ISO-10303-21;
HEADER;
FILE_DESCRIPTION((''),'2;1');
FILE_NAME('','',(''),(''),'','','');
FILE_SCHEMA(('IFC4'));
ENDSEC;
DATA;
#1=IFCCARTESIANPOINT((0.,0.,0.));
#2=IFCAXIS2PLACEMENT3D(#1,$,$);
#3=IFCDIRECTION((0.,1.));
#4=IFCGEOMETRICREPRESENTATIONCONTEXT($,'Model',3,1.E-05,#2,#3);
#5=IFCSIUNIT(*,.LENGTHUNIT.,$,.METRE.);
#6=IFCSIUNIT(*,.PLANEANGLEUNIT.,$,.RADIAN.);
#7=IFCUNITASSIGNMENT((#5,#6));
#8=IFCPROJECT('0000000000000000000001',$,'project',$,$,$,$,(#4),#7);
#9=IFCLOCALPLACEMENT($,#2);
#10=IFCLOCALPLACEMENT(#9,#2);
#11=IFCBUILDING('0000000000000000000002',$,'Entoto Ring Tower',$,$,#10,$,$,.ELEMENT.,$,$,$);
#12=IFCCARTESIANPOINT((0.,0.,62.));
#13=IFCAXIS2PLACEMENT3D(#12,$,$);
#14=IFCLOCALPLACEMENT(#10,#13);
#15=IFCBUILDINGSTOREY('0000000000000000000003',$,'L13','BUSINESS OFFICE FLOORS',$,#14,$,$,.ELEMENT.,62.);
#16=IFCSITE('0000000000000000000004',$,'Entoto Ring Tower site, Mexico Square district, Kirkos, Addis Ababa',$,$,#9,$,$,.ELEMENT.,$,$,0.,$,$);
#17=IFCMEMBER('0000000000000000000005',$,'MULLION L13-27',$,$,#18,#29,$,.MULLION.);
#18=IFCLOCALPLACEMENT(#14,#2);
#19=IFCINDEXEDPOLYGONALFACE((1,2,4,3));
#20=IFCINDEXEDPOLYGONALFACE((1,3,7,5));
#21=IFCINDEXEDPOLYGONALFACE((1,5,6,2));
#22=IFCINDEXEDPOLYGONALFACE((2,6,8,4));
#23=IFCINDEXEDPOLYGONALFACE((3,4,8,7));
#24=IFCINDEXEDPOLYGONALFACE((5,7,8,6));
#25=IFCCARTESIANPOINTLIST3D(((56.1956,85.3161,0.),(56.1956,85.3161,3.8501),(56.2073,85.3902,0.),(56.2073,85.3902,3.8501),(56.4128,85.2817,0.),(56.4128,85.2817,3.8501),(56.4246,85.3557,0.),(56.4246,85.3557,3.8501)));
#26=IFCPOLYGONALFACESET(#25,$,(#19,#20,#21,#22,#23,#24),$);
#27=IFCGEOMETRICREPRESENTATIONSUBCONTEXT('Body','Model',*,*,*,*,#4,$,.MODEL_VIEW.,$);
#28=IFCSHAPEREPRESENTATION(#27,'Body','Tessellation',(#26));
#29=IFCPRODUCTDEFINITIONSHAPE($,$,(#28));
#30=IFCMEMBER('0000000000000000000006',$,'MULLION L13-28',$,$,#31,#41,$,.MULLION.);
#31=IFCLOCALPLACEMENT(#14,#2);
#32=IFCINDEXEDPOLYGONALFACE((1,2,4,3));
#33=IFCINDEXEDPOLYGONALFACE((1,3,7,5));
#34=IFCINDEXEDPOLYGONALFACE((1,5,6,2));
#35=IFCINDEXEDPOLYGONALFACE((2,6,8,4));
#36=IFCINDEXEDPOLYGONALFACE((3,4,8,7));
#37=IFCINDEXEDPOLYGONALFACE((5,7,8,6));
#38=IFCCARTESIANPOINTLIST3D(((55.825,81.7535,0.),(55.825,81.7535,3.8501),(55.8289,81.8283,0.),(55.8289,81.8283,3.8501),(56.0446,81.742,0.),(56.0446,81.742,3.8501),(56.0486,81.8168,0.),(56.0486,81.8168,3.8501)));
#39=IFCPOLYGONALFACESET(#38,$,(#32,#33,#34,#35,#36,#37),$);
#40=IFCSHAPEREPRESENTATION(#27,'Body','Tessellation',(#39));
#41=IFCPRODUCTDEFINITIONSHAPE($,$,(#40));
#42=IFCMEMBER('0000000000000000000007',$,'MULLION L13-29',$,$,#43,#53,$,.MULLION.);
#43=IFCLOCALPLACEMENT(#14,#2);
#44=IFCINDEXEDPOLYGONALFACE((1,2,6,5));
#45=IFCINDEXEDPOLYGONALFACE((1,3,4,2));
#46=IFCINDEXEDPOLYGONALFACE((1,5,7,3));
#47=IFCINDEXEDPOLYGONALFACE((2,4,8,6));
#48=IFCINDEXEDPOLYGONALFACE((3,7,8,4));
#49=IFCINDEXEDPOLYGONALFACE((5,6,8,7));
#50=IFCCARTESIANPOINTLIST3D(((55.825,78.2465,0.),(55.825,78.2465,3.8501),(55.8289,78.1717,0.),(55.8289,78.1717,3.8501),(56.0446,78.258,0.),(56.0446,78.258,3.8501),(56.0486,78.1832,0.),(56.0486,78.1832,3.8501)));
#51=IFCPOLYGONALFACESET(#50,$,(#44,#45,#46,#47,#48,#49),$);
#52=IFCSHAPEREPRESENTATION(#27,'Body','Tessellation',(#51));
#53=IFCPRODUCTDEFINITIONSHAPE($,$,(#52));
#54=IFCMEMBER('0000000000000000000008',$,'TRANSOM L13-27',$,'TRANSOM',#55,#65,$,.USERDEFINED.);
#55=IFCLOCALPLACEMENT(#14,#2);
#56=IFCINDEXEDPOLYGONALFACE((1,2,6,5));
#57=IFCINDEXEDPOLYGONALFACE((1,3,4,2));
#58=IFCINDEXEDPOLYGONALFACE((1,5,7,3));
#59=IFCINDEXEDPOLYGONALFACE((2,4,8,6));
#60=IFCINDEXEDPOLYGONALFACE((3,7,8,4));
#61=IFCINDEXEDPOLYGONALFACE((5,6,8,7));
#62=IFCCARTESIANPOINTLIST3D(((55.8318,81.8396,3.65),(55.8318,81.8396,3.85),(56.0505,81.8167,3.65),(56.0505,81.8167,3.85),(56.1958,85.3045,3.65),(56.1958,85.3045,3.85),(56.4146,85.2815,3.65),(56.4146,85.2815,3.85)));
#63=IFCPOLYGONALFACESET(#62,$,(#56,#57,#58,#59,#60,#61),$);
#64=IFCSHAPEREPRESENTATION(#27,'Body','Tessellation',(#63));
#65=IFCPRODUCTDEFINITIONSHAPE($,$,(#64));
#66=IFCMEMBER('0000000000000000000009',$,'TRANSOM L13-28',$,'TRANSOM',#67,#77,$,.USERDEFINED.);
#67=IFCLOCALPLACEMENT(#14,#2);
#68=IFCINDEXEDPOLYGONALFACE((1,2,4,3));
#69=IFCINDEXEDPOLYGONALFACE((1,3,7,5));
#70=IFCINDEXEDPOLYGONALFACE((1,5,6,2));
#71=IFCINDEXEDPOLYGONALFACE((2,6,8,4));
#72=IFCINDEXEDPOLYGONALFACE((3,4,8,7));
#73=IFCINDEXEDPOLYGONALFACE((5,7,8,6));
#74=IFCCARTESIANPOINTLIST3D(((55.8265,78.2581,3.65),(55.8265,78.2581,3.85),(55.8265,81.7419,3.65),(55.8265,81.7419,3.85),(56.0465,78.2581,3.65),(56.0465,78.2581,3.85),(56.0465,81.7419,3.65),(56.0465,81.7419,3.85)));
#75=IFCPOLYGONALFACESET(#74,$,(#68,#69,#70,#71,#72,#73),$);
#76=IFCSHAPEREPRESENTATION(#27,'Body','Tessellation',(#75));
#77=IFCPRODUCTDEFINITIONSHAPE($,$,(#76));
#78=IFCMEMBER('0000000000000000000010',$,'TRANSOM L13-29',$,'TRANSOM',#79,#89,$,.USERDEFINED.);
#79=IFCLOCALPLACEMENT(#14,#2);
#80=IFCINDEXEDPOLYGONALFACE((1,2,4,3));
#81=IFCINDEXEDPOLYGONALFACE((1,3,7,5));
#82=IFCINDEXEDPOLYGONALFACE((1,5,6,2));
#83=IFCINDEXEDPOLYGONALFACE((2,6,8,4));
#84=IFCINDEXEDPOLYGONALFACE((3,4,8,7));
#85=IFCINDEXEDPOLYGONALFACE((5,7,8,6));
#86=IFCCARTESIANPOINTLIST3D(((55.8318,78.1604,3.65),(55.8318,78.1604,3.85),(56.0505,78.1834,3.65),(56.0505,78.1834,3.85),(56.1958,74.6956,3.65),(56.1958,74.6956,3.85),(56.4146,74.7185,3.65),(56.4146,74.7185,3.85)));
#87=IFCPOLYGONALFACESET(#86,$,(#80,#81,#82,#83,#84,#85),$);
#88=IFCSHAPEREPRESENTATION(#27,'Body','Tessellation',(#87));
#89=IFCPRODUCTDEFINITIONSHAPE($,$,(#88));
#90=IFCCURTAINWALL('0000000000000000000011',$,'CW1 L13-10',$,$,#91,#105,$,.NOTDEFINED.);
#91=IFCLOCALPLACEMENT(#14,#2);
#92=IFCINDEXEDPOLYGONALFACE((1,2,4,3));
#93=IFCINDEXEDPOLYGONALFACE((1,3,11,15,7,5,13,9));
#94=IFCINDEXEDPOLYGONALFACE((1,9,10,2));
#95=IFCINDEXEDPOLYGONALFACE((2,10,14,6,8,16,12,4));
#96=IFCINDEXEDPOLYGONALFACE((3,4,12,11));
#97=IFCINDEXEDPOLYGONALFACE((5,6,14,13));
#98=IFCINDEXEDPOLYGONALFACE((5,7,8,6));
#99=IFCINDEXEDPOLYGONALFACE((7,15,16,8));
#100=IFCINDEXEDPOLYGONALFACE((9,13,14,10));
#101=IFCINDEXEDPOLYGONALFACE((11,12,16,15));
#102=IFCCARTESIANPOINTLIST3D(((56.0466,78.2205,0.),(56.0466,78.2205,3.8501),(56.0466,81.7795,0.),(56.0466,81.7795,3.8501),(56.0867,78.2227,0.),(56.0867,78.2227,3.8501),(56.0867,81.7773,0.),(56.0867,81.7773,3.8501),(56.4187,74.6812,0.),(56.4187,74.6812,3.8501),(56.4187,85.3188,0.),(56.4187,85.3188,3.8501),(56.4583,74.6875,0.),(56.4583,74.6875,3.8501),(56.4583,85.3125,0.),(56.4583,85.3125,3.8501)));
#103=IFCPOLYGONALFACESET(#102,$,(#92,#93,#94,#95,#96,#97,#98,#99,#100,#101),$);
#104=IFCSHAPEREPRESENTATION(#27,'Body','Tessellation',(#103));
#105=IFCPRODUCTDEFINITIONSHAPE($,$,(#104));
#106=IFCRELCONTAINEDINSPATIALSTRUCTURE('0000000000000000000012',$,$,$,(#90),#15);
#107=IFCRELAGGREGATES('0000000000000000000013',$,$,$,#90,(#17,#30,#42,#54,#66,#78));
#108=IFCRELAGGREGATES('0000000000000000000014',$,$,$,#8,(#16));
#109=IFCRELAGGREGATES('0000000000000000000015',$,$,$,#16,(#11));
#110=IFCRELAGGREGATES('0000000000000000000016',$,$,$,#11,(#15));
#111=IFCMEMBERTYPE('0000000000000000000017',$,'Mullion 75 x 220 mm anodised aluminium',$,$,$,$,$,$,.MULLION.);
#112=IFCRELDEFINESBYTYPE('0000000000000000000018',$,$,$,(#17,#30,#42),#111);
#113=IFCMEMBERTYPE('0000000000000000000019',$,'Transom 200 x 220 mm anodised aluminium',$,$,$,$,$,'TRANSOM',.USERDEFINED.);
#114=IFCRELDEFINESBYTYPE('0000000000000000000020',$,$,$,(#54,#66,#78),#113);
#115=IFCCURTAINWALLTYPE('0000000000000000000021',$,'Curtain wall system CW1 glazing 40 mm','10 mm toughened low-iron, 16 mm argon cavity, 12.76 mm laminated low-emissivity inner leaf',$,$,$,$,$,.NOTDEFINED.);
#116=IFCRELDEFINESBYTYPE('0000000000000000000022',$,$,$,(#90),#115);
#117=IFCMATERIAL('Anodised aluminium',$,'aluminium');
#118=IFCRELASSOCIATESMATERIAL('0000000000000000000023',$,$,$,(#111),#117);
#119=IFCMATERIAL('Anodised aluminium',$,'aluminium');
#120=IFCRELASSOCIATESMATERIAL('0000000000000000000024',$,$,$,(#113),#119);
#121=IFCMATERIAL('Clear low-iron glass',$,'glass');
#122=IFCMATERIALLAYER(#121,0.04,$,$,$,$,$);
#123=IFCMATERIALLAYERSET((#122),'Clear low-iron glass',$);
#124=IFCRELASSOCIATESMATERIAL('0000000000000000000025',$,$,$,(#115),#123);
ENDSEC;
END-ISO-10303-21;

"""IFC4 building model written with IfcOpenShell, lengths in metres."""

from ifc_helpers import new_model, si_unit, direction, frame, origin, origin_2d, place, context, subcontext, project, spatial, polyline, rectangle, outline, extrude, material, layer, layer_set, material_profile, profile_set, type_object, element, aggregate, save


model = new_model("IFC4")

# Units and contexts
model_context = context("Model", 3, precision=1e-05, world=origin(), true_north=direction((0.0, 1.0)))
body_context = subcontext(model_context, "Body", "Model", "MODEL_VIEW")
ifc_project = project(units=[si_unit("LENGTHUNIT", "METRE"), si_unit("PLANEANGLEUNIT", "RADIAN")], contexts=[model_context])

# Members
ifc_material_1 = material(Name="Anodised aluminium", Category="aluminium")
ifc_material_profile_1 = material_profile(ifc_material_1, rectangle(XDim=0.075, YDim=0.22, at=origin_2d()), Name="Mullion 75 x 220 mm anodised aluminium")
ifc_profile_set_1 = profile_set([ifc_material_profile_1], Name="Anodised aluminium")
member_type_1 = type_object("IfcMemberType", Name="Mullion 75 x 220 mm anodised aluminium", PredefinedType="MULLION", material=ifc_profile_set_1)
site_placement = place(None, origin())
building_placement = place(site_placement, origin())
storey_placement = place(building_placement, frame((0.0, 0.0, 62.0)))
member_1_placement = place(storey_placement, frame((56.3101, 85.3359, 0.0), z_axis=(0.0, 0.0, 1.0), x_axis=(-0.156434, -0.987688, 0.0)))
member_1 = element("IfcMember", 1, at=member_1_placement, type_object=member_type_1, Name="MULLION L13-27", PredefinedType="MULLION", context=body_context, shape_type="SweptSolid", body=[
    extrude(rectangle(XDim=0.075, YDim=0.22, at=origin_2d()), origin(), (0.0, 0.0, 1.0), 3.8501),
])
member_2_placement = place(storey_placement, frame((55.9368, 81.7852, 0.0), z_axis=(0.0, 0.0, 1.0), x_axis=(-0.052336, -0.99863, 0.0)))
member_2 = element("IfcMember", 2, at=member_2_placement, type_object=member_type_1, Name="MULLION L13-28", PredefinedType="MULLION", context=body_context, shape_type="SweptSolid", body=[
    extrude(rectangle(XDim=0.075, YDim=0.22, at=origin_2d()), origin(), (0.0, 0.0, 1.0), 3.8501),
])
member_3_placement = place(storey_placement, frame((55.9368, 78.2148, 0.0), z_axis=(0.0, 0.0, 1.0), x_axis=(0.052336, -0.99863, 0.0)))
member_3 = element("IfcMember", 3, at=member_3_placement, type_object=member_type_1, Name="MULLION L13-29", PredefinedType="MULLION", context=body_context, shape_type="SweptSolid", body=[
    extrude(rectangle(XDim=0.075, YDim=0.22, at=origin_2d()), origin(), (0.0, 0.0, 1.0), 3.8501),
])
ifc_material_2 = material(Name="Anodised aluminium", Category="aluminium")
ifc_material_profile_2 = material_profile(ifc_material_2, rectangle(XDim=0.22, YDim=0.2, at=origin_2d()), Name="Transom 200 x 220 mm anodised aluminium")
ifc_profile_set_2 = profile_set([ifc_material_profile_2], Name="Anodised aluminium")
member_type_2 = type_object("IfcMemberType", Name="Transom 200 x 220 mm anodised aluminium", ElementType="TRANSOM", PredefinedType="USERDEFINED", material=ifc_profile_set_2)
member_4_placement = place(storey_placement, frame((56.3052, 85.293, 3.75), z_axis=(-0.104484, -0.994527, 0.0), x_axis=(0.994527, -0.104484, 0.0)))
member_4 = element("IfcMember", 4, at=member_4_placement, type_object=member_type_2, Name="TRANSOM L13-27", ObjectType="TRANSOM", PredefinedType="USERDEFINED", context=body_context, shape_type="SweptSolid", body=[
    extrude(rectangle(XDim=0.22, YDim=0.2, at=origin_2d()), origin(), (0.0, 0.0, 1.0), 3.4839),
])
member_5_placement = place(storey_placement, frame((55.9365, 81.7419, 3.75), z_axis=(0.0, -1.0, 0.0), x_axis=(1.0, 0.0, 0.0)))
member_5 = element("IfcMember", 5, at=member_5_placement, type_object=member_type_2, Name="TRANSOM L13-28", ObjectType="TRANSOM", PredefinedType="USERDEFINED", context=body_context, shape_type="SweptSolid", body=[
    extrude(rectangle(XDim=0.22, YDim=0.2, at=origin_2d()), origin(), (0.0, 0.0, 1.0), 3.4839),
])
member_6_placement = place(storey_placement, frame((55.9412, 78.1719, 3.75), z_axis=(0.104484, -0.994527, 0.0), x_axis=(0.994527, 0.104484, 0.0)))
member_6 = element("IfcMember", 6, at=member_6_placement, type_object=member_type_2, Name="TRANSOM L13-29", ObjectType="TRANSOM", PredefinedType="USERDEFINED", context=body_context, shape_type="SweptSolid", body=[
    extrude(rectangle(XDim=0.22, YDim=0.2, at=origin_2d()), origin(), (0.0, 0.0, 1.0), 3.4839),
])

# Site, building, storey
site = spatial("IfcSite", under=ifc_project, at=site_placement, Name="Entoto Ring Tower site, Mexico Square district, Kirkos, Addis Ababa", CompositionType="ELEMENT", RefElevation=0.0)
building = spatial("IfcBuilding", under=site, at=building_placement, Name="Entoto Ring Tower", CompositionType="ELEMENT")
storey = spatial("IfcBuildingStorey", under=building, at=storey_placement, Name="L13", Description="BUSINESS OFFICE FLOORS", CompositionType="ELEMENT", Elevation=62.0)

# Curtain wall
ifc_material_3 = material(Name="Clear low-iron glass", Category="glass")
ifc_layer = layer(ifc_material_3, 0.04)
ifc_layer_set = layer_set([ifc_layer], Name="Clear low-iron glass")
curtain_wall_type = type_object("IfcCurtainWallType", Name="Curtain wall system CW1 glazing 40 mm", Description="10 mm toughened low-iron, 16 mm argon cavity, 12.76 mm laminated low-emissivity inner leaf", PredefinedType="NOTDEFINED", material=ifc_layer_set)
curtain_wall_1_placement = place(storey_placement, origin())
curtain_wall_1 = element("IfcCurtainWall", 7, at=curtain_wall_1_placement, inside=storey, type_object=curtain_wall_type, Name="CW1 L13-10", PredefinedType="NOTDEFINED", context=body_context, shape_type="SweptSolid", body=[
    extrude(outline(polyline([(56.4187, 85.3188), (56.0466, 81.7795), (56.0466, 78.2205), (56.4187, 74.6812), (56.4583, 74.6875), (56.0867, 78.2227), (56.0867, 81.7773), (56.4583, 85.3125), (56.4187, 85.3188)])), origin(), (0.0, 0.0, 1.0), 3.8501),
])
aggregate(curtain_wall_1, [member_1, member_2, member_3, member_4, member_5, member_6])

save(model, "model.ifc")
